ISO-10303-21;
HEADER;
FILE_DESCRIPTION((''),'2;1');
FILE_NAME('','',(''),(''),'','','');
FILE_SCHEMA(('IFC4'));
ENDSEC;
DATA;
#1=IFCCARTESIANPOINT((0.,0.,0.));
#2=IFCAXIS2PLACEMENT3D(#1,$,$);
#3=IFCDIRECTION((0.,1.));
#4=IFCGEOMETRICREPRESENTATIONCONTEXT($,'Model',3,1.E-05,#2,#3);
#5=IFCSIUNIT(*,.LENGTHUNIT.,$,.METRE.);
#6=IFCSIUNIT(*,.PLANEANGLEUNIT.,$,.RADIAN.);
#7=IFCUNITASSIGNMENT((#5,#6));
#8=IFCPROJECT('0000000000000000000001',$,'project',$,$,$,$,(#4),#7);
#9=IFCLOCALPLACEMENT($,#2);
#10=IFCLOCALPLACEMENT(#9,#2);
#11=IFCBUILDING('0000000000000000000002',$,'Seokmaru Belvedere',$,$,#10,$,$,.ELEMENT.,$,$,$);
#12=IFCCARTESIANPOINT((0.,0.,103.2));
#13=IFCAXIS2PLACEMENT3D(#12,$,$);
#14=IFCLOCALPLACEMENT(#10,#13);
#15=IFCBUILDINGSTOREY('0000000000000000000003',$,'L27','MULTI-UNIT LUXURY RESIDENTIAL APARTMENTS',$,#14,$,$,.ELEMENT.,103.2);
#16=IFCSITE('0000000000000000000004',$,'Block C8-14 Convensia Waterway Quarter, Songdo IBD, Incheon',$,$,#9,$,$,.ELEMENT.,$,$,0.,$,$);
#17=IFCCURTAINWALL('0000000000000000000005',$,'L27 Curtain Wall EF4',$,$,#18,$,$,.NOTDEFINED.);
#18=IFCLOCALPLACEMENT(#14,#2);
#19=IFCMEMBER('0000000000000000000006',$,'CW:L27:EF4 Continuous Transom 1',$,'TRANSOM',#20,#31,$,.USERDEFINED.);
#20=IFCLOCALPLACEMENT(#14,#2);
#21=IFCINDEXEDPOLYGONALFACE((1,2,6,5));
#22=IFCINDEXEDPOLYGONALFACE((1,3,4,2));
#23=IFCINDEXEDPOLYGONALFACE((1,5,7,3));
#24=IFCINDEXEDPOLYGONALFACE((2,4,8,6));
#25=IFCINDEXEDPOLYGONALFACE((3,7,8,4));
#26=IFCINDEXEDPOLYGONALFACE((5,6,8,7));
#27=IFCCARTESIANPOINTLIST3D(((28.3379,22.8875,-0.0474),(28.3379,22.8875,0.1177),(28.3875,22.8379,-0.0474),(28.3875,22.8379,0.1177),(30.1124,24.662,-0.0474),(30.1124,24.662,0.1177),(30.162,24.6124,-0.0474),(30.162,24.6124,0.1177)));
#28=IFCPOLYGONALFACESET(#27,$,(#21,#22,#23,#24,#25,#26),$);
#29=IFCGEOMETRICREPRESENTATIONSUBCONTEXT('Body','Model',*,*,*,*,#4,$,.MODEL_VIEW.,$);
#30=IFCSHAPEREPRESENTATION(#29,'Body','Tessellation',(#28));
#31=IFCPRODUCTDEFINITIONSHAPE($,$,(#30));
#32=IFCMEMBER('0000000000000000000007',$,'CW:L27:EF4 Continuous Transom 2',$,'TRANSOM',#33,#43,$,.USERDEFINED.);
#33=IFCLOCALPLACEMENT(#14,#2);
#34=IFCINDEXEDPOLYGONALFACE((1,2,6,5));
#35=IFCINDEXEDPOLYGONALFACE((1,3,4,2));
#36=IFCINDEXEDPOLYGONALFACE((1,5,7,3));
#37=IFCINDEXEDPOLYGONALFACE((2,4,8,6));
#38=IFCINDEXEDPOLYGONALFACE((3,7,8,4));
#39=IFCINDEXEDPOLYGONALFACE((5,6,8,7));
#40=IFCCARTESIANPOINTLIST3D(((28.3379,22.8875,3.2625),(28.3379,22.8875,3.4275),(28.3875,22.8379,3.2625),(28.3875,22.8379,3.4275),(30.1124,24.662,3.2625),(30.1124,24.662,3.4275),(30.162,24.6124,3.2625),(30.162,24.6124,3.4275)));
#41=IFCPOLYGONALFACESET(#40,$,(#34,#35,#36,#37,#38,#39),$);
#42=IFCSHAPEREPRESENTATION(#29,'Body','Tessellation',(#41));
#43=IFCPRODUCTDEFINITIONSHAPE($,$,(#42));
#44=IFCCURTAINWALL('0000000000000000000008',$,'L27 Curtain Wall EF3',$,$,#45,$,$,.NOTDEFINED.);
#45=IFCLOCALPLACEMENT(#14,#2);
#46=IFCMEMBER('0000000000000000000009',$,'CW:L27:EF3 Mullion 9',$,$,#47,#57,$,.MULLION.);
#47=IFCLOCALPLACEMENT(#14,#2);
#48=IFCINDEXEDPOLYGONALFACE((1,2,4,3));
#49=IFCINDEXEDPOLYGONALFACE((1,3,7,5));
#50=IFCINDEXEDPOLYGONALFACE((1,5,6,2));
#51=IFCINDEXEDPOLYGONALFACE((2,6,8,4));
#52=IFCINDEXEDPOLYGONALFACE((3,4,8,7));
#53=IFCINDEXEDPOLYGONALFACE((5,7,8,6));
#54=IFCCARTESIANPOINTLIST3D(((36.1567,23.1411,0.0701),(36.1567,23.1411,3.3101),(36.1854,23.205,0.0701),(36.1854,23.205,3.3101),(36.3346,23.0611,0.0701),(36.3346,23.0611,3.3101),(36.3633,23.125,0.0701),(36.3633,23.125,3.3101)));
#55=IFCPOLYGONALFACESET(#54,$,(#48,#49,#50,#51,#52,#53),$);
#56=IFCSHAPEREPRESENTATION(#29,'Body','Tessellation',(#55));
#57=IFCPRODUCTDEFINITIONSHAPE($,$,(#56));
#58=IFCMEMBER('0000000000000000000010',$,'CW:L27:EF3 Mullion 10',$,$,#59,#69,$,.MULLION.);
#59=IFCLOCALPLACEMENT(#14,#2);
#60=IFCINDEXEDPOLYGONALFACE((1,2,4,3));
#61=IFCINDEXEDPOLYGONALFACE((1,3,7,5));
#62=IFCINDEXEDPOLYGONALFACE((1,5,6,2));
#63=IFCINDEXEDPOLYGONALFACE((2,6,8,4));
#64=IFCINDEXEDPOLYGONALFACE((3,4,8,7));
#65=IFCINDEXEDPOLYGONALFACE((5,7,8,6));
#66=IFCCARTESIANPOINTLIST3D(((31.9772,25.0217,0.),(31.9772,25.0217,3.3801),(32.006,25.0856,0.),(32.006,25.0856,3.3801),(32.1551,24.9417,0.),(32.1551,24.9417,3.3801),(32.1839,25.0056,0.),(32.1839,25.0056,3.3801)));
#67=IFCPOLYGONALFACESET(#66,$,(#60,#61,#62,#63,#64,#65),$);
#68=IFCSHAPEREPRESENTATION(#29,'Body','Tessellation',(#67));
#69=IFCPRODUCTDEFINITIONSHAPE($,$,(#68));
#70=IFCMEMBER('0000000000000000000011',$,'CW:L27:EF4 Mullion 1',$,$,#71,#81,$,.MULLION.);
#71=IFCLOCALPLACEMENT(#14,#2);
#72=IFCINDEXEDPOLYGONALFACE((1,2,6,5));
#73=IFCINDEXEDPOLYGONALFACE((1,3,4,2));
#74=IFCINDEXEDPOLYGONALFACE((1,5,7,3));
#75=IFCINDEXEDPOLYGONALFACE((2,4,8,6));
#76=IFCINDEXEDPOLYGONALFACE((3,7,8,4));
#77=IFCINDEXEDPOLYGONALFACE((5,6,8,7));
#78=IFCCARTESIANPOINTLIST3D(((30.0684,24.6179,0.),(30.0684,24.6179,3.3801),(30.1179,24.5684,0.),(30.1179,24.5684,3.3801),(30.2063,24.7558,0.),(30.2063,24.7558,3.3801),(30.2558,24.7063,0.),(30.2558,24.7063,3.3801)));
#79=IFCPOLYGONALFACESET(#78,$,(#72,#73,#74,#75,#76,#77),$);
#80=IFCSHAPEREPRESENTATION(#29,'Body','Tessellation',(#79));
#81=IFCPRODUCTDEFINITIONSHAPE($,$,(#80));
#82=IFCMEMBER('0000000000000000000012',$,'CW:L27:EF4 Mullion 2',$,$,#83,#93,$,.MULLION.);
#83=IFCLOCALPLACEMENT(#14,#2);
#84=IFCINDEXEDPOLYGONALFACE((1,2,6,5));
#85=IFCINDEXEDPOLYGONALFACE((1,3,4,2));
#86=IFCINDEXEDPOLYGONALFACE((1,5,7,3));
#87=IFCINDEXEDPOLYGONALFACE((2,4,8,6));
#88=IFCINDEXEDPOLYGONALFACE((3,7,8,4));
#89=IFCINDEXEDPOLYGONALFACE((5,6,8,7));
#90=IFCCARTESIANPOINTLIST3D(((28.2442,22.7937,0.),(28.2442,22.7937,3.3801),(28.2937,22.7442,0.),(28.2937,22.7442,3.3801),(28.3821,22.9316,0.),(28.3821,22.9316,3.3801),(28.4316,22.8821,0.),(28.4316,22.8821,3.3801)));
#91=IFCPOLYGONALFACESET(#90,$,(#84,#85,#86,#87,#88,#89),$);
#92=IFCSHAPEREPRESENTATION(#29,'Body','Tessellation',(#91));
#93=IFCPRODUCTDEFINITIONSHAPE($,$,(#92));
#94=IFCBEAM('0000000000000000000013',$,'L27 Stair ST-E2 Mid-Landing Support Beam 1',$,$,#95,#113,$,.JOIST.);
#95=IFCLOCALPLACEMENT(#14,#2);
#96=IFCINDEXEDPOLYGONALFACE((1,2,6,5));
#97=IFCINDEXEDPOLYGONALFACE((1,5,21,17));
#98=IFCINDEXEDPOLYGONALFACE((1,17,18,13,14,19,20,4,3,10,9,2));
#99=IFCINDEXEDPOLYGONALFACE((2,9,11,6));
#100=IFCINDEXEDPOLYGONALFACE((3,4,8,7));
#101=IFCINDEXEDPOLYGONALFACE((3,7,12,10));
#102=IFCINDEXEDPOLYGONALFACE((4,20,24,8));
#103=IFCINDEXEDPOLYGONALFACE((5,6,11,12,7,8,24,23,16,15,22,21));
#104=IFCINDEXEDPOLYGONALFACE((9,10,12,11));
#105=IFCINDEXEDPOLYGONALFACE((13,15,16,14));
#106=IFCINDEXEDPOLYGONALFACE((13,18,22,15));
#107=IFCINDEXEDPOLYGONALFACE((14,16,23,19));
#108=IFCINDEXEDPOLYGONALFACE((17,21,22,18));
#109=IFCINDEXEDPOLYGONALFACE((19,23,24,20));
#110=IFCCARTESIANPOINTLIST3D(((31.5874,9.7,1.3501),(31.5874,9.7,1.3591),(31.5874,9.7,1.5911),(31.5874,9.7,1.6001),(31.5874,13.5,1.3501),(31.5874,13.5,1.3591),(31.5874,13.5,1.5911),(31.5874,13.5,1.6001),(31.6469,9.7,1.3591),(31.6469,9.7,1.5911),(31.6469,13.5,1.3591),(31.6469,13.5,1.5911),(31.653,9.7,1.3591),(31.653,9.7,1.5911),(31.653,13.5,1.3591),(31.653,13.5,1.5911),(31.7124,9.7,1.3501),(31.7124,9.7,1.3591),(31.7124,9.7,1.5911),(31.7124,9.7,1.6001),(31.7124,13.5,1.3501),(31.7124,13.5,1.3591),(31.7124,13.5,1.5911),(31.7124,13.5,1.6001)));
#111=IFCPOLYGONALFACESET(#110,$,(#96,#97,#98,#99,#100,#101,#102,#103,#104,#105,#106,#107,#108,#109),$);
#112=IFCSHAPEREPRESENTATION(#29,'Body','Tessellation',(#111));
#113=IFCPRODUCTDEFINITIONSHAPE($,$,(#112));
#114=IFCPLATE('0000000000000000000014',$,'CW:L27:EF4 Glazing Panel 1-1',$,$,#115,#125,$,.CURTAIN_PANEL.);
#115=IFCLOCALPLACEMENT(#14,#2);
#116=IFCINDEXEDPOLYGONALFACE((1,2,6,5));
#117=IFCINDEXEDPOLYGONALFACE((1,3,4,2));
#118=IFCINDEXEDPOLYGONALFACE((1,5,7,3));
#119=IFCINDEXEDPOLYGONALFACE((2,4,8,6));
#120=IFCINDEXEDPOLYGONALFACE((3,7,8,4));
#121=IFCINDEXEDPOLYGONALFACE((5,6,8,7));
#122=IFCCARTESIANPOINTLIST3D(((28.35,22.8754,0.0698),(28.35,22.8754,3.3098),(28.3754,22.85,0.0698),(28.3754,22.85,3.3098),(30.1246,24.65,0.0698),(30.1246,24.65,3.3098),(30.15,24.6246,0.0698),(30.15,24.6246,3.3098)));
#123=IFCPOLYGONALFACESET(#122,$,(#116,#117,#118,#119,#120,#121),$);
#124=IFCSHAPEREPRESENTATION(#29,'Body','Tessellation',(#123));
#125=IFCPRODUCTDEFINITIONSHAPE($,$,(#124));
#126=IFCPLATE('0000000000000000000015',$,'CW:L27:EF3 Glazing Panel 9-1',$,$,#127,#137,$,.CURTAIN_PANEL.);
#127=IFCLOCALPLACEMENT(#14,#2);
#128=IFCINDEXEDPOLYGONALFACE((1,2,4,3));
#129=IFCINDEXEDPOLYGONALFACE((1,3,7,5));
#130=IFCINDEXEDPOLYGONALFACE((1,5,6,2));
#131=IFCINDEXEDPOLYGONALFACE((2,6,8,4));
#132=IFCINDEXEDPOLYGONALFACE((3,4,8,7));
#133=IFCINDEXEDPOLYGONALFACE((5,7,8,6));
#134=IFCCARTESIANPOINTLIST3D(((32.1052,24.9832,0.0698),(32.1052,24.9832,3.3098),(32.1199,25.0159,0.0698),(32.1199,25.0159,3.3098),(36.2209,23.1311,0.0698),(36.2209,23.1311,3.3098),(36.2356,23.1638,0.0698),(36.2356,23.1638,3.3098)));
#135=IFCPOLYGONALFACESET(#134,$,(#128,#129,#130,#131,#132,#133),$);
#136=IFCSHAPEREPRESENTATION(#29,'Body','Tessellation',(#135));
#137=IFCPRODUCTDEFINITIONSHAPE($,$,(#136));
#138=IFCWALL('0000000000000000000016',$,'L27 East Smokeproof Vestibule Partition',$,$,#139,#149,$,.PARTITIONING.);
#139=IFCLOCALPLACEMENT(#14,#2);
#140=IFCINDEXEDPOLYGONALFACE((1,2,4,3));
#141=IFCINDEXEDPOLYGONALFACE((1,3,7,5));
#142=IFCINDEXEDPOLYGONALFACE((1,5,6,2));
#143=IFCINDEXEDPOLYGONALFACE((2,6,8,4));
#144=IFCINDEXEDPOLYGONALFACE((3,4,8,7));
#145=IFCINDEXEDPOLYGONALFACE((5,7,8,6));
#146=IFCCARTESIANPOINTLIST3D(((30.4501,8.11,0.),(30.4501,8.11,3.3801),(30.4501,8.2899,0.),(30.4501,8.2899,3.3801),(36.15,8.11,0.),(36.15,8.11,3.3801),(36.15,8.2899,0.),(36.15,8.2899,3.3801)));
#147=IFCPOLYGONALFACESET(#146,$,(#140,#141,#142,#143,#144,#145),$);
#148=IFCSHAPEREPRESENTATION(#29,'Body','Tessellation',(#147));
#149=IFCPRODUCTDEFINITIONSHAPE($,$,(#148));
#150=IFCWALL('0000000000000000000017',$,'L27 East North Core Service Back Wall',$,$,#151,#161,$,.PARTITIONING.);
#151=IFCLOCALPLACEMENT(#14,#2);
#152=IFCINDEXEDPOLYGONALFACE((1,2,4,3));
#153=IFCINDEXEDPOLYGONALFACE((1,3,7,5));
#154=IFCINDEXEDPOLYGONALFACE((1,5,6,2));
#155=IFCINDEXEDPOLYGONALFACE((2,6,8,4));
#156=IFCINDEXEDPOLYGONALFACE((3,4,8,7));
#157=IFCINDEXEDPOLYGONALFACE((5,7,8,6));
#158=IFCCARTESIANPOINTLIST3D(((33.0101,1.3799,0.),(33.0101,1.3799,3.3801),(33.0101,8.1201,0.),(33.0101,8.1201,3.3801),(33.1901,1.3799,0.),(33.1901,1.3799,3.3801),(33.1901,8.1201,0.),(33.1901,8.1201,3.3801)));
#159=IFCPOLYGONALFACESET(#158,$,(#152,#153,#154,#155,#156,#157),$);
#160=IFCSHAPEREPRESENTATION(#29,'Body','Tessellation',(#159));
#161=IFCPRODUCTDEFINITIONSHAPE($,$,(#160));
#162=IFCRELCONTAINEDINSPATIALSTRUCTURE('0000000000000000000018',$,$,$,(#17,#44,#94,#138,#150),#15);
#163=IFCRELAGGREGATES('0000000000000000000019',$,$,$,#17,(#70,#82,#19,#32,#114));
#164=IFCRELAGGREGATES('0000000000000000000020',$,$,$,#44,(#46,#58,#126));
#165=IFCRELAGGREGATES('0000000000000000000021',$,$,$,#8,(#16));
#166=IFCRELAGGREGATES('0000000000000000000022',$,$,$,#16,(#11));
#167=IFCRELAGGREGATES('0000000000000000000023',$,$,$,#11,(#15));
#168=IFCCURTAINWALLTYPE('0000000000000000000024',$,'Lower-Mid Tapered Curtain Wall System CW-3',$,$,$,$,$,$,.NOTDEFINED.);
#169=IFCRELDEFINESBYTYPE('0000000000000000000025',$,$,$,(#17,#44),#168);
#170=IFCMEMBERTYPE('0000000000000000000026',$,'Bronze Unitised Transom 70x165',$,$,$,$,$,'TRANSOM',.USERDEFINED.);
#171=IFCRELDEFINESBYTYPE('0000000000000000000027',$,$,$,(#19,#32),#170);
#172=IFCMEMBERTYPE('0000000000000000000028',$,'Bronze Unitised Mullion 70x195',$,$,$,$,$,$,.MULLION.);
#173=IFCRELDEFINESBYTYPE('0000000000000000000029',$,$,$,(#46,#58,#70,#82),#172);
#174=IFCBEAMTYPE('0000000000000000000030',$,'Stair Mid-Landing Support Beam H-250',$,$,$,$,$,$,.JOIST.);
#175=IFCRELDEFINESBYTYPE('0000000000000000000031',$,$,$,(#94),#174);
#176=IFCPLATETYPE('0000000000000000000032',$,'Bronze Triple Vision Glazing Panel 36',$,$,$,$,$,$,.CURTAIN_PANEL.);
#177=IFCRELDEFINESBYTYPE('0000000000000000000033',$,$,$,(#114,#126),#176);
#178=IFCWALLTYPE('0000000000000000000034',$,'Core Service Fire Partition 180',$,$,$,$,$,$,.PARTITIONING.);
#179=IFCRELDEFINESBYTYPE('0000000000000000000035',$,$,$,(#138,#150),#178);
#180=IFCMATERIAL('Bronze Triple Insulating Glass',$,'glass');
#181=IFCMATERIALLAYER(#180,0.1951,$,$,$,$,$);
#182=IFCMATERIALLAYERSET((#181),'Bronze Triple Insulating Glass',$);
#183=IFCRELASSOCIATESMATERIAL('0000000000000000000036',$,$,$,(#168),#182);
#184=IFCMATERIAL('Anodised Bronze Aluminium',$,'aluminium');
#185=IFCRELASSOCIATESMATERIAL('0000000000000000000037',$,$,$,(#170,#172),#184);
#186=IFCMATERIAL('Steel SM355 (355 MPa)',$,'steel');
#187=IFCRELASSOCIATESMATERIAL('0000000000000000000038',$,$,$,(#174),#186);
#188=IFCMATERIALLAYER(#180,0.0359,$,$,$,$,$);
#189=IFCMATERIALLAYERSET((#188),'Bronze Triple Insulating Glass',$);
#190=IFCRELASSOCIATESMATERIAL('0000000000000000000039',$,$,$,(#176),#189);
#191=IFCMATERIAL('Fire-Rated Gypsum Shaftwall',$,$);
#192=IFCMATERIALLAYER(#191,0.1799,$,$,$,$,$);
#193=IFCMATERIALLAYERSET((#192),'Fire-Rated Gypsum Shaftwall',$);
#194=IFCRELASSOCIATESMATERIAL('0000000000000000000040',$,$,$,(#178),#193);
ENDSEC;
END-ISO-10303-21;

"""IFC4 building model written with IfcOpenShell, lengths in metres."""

from ifc_helpers import new_model, si_unit, direction, frame, frame_2d, origin, origin_2d, place, context, subcontext, project, spatial, rectangle, i_section, extrude, source, transform, mapped, material, layer, layer_set, material_profile, profile_set, type_object, type_shapes, element, aggregate, save


model = new_model("IFC4")

# Units and contexts
model_context = context("Model", 3, precision=1e-05, world=origin(), true_north=direction((0.0, 1.0)))
body_context = subcontext(model_context, "Body", "Model", "MODEL_VIEW")
ifc_project = project(units=[si_unit("LENGTHUNIT", "METRE"), si_unit("PLANEANGLEUNIT", "RADIAN")], contexts=[model_context])

# Site, building, storey
site_placement = place(None, origin())
site = spatial("IfcSite", under=ifc_project, at=site_placement, Name="Block C8-14 Convensia Waterway Quarter, Songdo IBD, Incheon", CompositionType="ELEMENT", RefElevation=0.0)
building_placement = place(site_placement, origin())
building = spatial("IfcBuilding", under=site, at=building_placement, Name="Seokmaru Belvedere", CompositionType="ELEMENT")
storey_placement = place(building_placement, frame((0.0, 0.0, 103.2)))
storey = spatial("IfcBuildingStorey", under=building, at=storey_placement, Name="L27", Description="MULTI-UNIT LUXURY RESIDENTIAL APARTMENTS", CompositionType="ELEMENT", Elevation=103.2)

# Shared definitions
ifc_material_1 = material(Name="Steel SM355 (355 MPa)", Category="steel")

# Curtain walls, members
ifc_material_2 = material(Name="Bronze Triple Insulating Glass", Category="glass")
ifc_layer_1 = layer(ifc_material_2, 0.1951)
ifc_layer_set_1 = layer_set([ifc_layer_1], Name="Bronze Triple Insulating Glass")
curtain_wall_type = type_object("IfcCurtainWallType", Name="Lower-Mid Tapered Curtain Wall System CW-3", PredefinedType="NOTDEFINED", material=ifc_layer_set_1)
curtain_wall_1_placement = place(storey_placement, origin())
curtain_wall_1 = element("IfcCurtainWall", 1, at=curtain_wall_1_placement, inside=storey, type_object=curtain_wall_type, Name="L27 Curtain Wall EF4", PredefinedType="NOTDEFINED")
ifc_material_3 = material(Name="Anodised Bronze Aluminium", Category="aluminium")
ifc_material_profile_1 = material_profile(ifc_material_3, rectangle(XDim=0.0701, YDim=0.165, at=origin_2d()), Name="CW-T-70x165")
ifc_profile_set_1 = profile_set([ifc_material_profile_1], Name="Anodised Bronze Aluminium")
member_type_1 = type_object("IfcMemberType", Name="Bronze Unitised Transom 70x165", ElementType="TRANSOM", PredefinedType="USERDEFINED", material=ifc_profile_set_1)
shared_shape_1 = source(origin(), body_context, "Body", "SweptSolid", [
    extrude(rectangle(XDim=0.0701, YDim=0.165, at=origin_2d()), origin(), (0.0, 0.0, 1.0), 2.5095),
])
type_shapes(member_type_1, [shared_shape_1])
member_1_placement = place(storey_placement, frame((30.1372, 24.6372, 0.0352), z_axis=(-0.707107, -0.707107, 0.0), x_axis=(0.707107, -0.707107, 0.0)))
member_1 = element("IfcMember", 2, at=member_1_placement, type_object=member_type_1, Name="CW:L27:EF4 Continuous Transom 1", ObjectType="TRANSOM", PredefinedType="USERDEFINED", context=body_context, shape_type="MappedRepresentation", body=[
    mapped(shared_shape_1, transform((0.0, 0.0, 0.0), scale=1.0)),
])
member_2_placement = place(storey_placement, frame((30.1372, 24.6372, 3.345), z_axis=(-0.707107, -0.707107, 0.0), x_axis=(0.707107, -0.707107, 0.0)))
member_2 = element("IfcMember", 3, at=member_2_placement, type_object=member_type_1, Name="CW:L27:EF4 Continuous Transom 2", ObjectType="TRANSOM", PredefinedType="USERDEFINED", context=body_context, shape_type="MappedRepresentation", body=[
    mapped(shared_shape_1, transform((0.0, 0.0, 0.0), scale=1.0)),
])
curtain_wall_2_placement = place(storey_placement, origin())
curtain_wall_2 = element("IfcCurtainWall", 4, at=curtain_wall_2_placement, inside=storey, type_object=curtain_wall_type, Name="L27 Curtain Wall EF3", PredefinedType="NOTDEFINED")
ifc_material_profile_2 = material_profile(ifc_material_3, rectangle(XDim=0.0701, YDim=0.1951, at=origin_2d()), Name="CW-M-70x195")
ifc_profile_set_2 = profile_set([ifc_material_profile_2], Name="Anodised Bronze Aluminium")
member_type_2 = type_object("IfcMemberType", Name="Bronze Unitised Mullion 70x195", PredefinedType="MULLION", material=ifc_profile_set_2)
shared_shape_2 = source(origin(), body_context, "Body", "SweptSolid", [
    extrude(rectangle(XDim=0.0701, YDim=0.1951, at=origin_2d()), origin(), (0.0, 0.0, 1.0), 3.24),
])
member_3_placement = place(storey_placement, frame((36.26, 23.1331, 0.0701), z_axis=(0.0, 0.0, 1.0), x_axis=(-0.410366, -0.911921, 0.0)))
member_3 = element("IfcMember", 5, at=member_3_placement, type_object=member_type_2, Name="CW:L27:EF3 Mullion 9", PredefinedType="MULLION", context=body_context, shape_type="MappedRepresentation", body=[
    mapped(shared_shape_2, transform((0.0, 0.0, 0.0), scale=1.0)),
])
shared_shape_3 = source(origin(), body_context, "Body", "SweptSolid", [
    extrude(rectangle(XDim=0.0701, YDim=0.1951, at=origin_2d()), origin(), (0.0, 0.0, 1.0), 3.3801),
])
type_shapes(member_type_2, [shared_shape_2, shared_shape_3])
member_4_placement = place(storey_placement, frame((32.0806, 25.0137, 0.0), z_axis=(0.0, 0.0, 1.0), x_axis=(-0.410366, -0.911921, 0.0)))
member_4 = element("IfcMember", 6, at=member_4_placement, type_object=member_type_2, Name="CW:L27:EF3 Mullion 10", PredefinedType="MULLION", context=body_context, shape_type="MappedRepresentation", body=[
    mapped(shared_shape_3, transform((0.0, 0.0, 0.0), scale=1.0)),
])

# Members
member_5_placement = place(storey_placement, frame((30.1621, 24.6621, 0.0), z_axis=(0.0, 0.0, 1.0), x_axis=(0.707107, -0.707107, 0.0)))
member_5 = element("IfcMember", 7, at=member_5_placement, type_object=member_type_2, Name="CW:L27:EF4 Mullion 1", PredefinedType="MULLION", context=body_context, shape_type="MappedRepresentation", body=[
    mapped(shared_shape_3, transform((0.0, 0.0, 0.0), scale=1.0)),
])
member_6_placement = place(storey_placement, frame((28.3379, 22.8379, 0.0), z_axis=(0.0, 0.0, 1.0), x_axis=(0.707107, -0.707107, 0.0)))
member_6 = element("IfcMember", 8, at=member_6_placement, type_object=member_type_2, Name="CW:L27:EF4 Mullion 2", PredefinedType="MULLION", context=body_context, shape_type="MappedRepresentation", body=[
    mapped(shared_shape_3, transform((0.0, 0.0, 0.0), scale=1.0)),
])

# Beam
ifc_material_profile_3 = material_profile(ifc_material_1, i_section(OverallWidth=0.125, OverallDepth=0.25, WebThickness=0.0061, FlangeThickness=0.009, at=origin_2d()), Name="H-250x125x6x9")
ifc_profile_set_3 = profile_set([ifc_material_profile_3], Name="Steel SM355 (355 MPa)")
beam_type_1 = type_object("IfcBeamType", Name="Stair Mid-Landing Support Beam H-250", PredefinedType="JOIST", material=ifc_profile_set_3)
shared_shape_4 = source(origin(), body_context, "Body", "SweptSolid", [
    extrude(i_section(OverallWidth=0.125, OverallDepth=0.25, WebThickness=0.0061, FlangeThickness=0.009, at=origin_2d()), origin(), (0.0, 0.0, 1.0), 3.8),
])
type_shapes(beam_type_1, [shared_shape_4])
beam_1_placement = place(storey_placement, frame((31.6499, 9.7, 1.4751), z_axis=(0.0, 1.0, 0.0), x_axis=(-1.0, 0.0, 0.0)))
element("IfcBeam", 9, at=beam_1_placement, inside=storey, type_object=beam_type_1, Name="L27 Stair ST-E2 Mid-Landing Support Beam 1", PredefinedType="JOIST", context=body_context, shape_type="MappedRepresentation", body=[
    mapped(shared_shape_4, transform((0.0, 0.0, 0.0), scale=1.0)),
])

# Plates
ifc_layer_2 = layer(ifc_material_2, 0.0359)
ifc_layer_set_2 = layer_set([ifc_layer_2], Name="Bronze Triple Insulating Glass")
plate_type = type_object("IfcPlateType", Name="Bronze Triple Vision Glazing Panel 36", PredefinedType="CURTAIN_PANEL", material=ifc_layer_set_2)
shared_shape_5 = source(origin(), body_context, "Body", "SweptSolid", [
    extrude(rectangle(XDim=2.5098, YDim=0.0359, at=origin_2d()), origin(), (0.0, 0.0, 1.0), 3.24),
])
plate_1_placement = place(storey_placement, frame((29.25, 23.75, 0.0698), z_axis=(0.0, 0.0, 1.0), x_axis=(-0.707107, -0.707107, 0.0)))
plate_1 = element("IfcPlate", 10, at=plate_1_placement, type_object=plate_type, Name="CW:L27:EF4 Glazing Panel 1-1", PredefinedType="CURTAIN_PANEL", context=body_context, shape_type="MappedRepresentation", body=[
    mapped(shared_shape_5, transform((0.0, 0.0, 0.0), scale=1.0)),
])
aggregate(curtain_wall_1, [member_5, member_6, member_1, member_2, plate_1])
shared_shape_6 = source(origin(), body_context, "Body", "SweptSolid", [
    extrude(rectangle(XDim=4.5132, YDim=0.0359, at=origin_2d()), origin(), (0.0, 0.0, 1.0), 3.24),
])
type_shapes(plate_type, [shared_shape_5, shared_shape_6])
plate_2_placement = place(storey_placement, frame((34.1704, 24.0735, 0.0698), z_axis=(0.0, 0.0, 1.0), x_axis=(-0.911921, 0.410366, 0.0)))
plate_2 = element("IfcPlate", 11, at=plate_2_placement, type_object=plate_type, Name="CW:L27:EF3 Glazing Panel 9-1", PredefinedType="CURTAIN_PANEL", context=body_context, shape_type="MappedRepresentation", body=[
    mapped(shared_shape_6, transform((0.0, 0.0, 0.0), scale=1.0)),
])
aggregate(curtain_wall_2, [member_3, member_4, plate_2])

# Walls
ifc_material_4 = material(Name="Fire-Rated Gypsum Shaftwall")
ifc_layer_3 = layer(ifc_material_4, 0.1799)
ifc_layer_set_3 = layer_set([ifc_layer_3], Name="Fire-Rated Gypsum Shaftwall")
wall_type_1 = type_object("IfcWallType", Name="Core Service Fire Partition 180", PredefinedType="PARTITIONING", material=ifc_layer_set_3)
wall_1_placement = place(storey_placement, frame((30.45, 8.2, 0.0), z_axis=(0.0, 0.0, 1.0), x_axis=(1.0, 0.0, 0.0)))
element("IfcWall", 12, at=wall_1_placement, inside=storey, type_object=wall_type_1, Name="L27 East Smokeproof Vestibule Partition", PredefinedType="PARTITIONING", context=body_context, shape_type="SweptSolid", body=[
    extrude(rectangle(XDim=5.7, YDim=0.1799, at=frame_2d((2.8501, 0.0))), origin(), (0.0, 0.0, 1.0), 3.3801),
])
wall_2_placement = place(storey_placement, frame((33.1001, 1.3799, 0.0), z_axis=(0.0, 0.0, 1.0), x_axis=(0.0, 1.0, 0.0)))
element("IfcWall", 13, at=wall_2_placement, inside=storey, type_object=wall_type_1, Name="L27 East North Core Service Back Wall", PredefinedType="PARTITIONING", context=body_context, shape_type="SweptSolid", body=[
    extrude(rectangle(XDim=6.7402, YDim=0.1799, at=frame_2d((3.3701, 0.0))), origin(), (0.0, 0.0, 1.0), 3.3801),
])

save(model, "model.ifc")
